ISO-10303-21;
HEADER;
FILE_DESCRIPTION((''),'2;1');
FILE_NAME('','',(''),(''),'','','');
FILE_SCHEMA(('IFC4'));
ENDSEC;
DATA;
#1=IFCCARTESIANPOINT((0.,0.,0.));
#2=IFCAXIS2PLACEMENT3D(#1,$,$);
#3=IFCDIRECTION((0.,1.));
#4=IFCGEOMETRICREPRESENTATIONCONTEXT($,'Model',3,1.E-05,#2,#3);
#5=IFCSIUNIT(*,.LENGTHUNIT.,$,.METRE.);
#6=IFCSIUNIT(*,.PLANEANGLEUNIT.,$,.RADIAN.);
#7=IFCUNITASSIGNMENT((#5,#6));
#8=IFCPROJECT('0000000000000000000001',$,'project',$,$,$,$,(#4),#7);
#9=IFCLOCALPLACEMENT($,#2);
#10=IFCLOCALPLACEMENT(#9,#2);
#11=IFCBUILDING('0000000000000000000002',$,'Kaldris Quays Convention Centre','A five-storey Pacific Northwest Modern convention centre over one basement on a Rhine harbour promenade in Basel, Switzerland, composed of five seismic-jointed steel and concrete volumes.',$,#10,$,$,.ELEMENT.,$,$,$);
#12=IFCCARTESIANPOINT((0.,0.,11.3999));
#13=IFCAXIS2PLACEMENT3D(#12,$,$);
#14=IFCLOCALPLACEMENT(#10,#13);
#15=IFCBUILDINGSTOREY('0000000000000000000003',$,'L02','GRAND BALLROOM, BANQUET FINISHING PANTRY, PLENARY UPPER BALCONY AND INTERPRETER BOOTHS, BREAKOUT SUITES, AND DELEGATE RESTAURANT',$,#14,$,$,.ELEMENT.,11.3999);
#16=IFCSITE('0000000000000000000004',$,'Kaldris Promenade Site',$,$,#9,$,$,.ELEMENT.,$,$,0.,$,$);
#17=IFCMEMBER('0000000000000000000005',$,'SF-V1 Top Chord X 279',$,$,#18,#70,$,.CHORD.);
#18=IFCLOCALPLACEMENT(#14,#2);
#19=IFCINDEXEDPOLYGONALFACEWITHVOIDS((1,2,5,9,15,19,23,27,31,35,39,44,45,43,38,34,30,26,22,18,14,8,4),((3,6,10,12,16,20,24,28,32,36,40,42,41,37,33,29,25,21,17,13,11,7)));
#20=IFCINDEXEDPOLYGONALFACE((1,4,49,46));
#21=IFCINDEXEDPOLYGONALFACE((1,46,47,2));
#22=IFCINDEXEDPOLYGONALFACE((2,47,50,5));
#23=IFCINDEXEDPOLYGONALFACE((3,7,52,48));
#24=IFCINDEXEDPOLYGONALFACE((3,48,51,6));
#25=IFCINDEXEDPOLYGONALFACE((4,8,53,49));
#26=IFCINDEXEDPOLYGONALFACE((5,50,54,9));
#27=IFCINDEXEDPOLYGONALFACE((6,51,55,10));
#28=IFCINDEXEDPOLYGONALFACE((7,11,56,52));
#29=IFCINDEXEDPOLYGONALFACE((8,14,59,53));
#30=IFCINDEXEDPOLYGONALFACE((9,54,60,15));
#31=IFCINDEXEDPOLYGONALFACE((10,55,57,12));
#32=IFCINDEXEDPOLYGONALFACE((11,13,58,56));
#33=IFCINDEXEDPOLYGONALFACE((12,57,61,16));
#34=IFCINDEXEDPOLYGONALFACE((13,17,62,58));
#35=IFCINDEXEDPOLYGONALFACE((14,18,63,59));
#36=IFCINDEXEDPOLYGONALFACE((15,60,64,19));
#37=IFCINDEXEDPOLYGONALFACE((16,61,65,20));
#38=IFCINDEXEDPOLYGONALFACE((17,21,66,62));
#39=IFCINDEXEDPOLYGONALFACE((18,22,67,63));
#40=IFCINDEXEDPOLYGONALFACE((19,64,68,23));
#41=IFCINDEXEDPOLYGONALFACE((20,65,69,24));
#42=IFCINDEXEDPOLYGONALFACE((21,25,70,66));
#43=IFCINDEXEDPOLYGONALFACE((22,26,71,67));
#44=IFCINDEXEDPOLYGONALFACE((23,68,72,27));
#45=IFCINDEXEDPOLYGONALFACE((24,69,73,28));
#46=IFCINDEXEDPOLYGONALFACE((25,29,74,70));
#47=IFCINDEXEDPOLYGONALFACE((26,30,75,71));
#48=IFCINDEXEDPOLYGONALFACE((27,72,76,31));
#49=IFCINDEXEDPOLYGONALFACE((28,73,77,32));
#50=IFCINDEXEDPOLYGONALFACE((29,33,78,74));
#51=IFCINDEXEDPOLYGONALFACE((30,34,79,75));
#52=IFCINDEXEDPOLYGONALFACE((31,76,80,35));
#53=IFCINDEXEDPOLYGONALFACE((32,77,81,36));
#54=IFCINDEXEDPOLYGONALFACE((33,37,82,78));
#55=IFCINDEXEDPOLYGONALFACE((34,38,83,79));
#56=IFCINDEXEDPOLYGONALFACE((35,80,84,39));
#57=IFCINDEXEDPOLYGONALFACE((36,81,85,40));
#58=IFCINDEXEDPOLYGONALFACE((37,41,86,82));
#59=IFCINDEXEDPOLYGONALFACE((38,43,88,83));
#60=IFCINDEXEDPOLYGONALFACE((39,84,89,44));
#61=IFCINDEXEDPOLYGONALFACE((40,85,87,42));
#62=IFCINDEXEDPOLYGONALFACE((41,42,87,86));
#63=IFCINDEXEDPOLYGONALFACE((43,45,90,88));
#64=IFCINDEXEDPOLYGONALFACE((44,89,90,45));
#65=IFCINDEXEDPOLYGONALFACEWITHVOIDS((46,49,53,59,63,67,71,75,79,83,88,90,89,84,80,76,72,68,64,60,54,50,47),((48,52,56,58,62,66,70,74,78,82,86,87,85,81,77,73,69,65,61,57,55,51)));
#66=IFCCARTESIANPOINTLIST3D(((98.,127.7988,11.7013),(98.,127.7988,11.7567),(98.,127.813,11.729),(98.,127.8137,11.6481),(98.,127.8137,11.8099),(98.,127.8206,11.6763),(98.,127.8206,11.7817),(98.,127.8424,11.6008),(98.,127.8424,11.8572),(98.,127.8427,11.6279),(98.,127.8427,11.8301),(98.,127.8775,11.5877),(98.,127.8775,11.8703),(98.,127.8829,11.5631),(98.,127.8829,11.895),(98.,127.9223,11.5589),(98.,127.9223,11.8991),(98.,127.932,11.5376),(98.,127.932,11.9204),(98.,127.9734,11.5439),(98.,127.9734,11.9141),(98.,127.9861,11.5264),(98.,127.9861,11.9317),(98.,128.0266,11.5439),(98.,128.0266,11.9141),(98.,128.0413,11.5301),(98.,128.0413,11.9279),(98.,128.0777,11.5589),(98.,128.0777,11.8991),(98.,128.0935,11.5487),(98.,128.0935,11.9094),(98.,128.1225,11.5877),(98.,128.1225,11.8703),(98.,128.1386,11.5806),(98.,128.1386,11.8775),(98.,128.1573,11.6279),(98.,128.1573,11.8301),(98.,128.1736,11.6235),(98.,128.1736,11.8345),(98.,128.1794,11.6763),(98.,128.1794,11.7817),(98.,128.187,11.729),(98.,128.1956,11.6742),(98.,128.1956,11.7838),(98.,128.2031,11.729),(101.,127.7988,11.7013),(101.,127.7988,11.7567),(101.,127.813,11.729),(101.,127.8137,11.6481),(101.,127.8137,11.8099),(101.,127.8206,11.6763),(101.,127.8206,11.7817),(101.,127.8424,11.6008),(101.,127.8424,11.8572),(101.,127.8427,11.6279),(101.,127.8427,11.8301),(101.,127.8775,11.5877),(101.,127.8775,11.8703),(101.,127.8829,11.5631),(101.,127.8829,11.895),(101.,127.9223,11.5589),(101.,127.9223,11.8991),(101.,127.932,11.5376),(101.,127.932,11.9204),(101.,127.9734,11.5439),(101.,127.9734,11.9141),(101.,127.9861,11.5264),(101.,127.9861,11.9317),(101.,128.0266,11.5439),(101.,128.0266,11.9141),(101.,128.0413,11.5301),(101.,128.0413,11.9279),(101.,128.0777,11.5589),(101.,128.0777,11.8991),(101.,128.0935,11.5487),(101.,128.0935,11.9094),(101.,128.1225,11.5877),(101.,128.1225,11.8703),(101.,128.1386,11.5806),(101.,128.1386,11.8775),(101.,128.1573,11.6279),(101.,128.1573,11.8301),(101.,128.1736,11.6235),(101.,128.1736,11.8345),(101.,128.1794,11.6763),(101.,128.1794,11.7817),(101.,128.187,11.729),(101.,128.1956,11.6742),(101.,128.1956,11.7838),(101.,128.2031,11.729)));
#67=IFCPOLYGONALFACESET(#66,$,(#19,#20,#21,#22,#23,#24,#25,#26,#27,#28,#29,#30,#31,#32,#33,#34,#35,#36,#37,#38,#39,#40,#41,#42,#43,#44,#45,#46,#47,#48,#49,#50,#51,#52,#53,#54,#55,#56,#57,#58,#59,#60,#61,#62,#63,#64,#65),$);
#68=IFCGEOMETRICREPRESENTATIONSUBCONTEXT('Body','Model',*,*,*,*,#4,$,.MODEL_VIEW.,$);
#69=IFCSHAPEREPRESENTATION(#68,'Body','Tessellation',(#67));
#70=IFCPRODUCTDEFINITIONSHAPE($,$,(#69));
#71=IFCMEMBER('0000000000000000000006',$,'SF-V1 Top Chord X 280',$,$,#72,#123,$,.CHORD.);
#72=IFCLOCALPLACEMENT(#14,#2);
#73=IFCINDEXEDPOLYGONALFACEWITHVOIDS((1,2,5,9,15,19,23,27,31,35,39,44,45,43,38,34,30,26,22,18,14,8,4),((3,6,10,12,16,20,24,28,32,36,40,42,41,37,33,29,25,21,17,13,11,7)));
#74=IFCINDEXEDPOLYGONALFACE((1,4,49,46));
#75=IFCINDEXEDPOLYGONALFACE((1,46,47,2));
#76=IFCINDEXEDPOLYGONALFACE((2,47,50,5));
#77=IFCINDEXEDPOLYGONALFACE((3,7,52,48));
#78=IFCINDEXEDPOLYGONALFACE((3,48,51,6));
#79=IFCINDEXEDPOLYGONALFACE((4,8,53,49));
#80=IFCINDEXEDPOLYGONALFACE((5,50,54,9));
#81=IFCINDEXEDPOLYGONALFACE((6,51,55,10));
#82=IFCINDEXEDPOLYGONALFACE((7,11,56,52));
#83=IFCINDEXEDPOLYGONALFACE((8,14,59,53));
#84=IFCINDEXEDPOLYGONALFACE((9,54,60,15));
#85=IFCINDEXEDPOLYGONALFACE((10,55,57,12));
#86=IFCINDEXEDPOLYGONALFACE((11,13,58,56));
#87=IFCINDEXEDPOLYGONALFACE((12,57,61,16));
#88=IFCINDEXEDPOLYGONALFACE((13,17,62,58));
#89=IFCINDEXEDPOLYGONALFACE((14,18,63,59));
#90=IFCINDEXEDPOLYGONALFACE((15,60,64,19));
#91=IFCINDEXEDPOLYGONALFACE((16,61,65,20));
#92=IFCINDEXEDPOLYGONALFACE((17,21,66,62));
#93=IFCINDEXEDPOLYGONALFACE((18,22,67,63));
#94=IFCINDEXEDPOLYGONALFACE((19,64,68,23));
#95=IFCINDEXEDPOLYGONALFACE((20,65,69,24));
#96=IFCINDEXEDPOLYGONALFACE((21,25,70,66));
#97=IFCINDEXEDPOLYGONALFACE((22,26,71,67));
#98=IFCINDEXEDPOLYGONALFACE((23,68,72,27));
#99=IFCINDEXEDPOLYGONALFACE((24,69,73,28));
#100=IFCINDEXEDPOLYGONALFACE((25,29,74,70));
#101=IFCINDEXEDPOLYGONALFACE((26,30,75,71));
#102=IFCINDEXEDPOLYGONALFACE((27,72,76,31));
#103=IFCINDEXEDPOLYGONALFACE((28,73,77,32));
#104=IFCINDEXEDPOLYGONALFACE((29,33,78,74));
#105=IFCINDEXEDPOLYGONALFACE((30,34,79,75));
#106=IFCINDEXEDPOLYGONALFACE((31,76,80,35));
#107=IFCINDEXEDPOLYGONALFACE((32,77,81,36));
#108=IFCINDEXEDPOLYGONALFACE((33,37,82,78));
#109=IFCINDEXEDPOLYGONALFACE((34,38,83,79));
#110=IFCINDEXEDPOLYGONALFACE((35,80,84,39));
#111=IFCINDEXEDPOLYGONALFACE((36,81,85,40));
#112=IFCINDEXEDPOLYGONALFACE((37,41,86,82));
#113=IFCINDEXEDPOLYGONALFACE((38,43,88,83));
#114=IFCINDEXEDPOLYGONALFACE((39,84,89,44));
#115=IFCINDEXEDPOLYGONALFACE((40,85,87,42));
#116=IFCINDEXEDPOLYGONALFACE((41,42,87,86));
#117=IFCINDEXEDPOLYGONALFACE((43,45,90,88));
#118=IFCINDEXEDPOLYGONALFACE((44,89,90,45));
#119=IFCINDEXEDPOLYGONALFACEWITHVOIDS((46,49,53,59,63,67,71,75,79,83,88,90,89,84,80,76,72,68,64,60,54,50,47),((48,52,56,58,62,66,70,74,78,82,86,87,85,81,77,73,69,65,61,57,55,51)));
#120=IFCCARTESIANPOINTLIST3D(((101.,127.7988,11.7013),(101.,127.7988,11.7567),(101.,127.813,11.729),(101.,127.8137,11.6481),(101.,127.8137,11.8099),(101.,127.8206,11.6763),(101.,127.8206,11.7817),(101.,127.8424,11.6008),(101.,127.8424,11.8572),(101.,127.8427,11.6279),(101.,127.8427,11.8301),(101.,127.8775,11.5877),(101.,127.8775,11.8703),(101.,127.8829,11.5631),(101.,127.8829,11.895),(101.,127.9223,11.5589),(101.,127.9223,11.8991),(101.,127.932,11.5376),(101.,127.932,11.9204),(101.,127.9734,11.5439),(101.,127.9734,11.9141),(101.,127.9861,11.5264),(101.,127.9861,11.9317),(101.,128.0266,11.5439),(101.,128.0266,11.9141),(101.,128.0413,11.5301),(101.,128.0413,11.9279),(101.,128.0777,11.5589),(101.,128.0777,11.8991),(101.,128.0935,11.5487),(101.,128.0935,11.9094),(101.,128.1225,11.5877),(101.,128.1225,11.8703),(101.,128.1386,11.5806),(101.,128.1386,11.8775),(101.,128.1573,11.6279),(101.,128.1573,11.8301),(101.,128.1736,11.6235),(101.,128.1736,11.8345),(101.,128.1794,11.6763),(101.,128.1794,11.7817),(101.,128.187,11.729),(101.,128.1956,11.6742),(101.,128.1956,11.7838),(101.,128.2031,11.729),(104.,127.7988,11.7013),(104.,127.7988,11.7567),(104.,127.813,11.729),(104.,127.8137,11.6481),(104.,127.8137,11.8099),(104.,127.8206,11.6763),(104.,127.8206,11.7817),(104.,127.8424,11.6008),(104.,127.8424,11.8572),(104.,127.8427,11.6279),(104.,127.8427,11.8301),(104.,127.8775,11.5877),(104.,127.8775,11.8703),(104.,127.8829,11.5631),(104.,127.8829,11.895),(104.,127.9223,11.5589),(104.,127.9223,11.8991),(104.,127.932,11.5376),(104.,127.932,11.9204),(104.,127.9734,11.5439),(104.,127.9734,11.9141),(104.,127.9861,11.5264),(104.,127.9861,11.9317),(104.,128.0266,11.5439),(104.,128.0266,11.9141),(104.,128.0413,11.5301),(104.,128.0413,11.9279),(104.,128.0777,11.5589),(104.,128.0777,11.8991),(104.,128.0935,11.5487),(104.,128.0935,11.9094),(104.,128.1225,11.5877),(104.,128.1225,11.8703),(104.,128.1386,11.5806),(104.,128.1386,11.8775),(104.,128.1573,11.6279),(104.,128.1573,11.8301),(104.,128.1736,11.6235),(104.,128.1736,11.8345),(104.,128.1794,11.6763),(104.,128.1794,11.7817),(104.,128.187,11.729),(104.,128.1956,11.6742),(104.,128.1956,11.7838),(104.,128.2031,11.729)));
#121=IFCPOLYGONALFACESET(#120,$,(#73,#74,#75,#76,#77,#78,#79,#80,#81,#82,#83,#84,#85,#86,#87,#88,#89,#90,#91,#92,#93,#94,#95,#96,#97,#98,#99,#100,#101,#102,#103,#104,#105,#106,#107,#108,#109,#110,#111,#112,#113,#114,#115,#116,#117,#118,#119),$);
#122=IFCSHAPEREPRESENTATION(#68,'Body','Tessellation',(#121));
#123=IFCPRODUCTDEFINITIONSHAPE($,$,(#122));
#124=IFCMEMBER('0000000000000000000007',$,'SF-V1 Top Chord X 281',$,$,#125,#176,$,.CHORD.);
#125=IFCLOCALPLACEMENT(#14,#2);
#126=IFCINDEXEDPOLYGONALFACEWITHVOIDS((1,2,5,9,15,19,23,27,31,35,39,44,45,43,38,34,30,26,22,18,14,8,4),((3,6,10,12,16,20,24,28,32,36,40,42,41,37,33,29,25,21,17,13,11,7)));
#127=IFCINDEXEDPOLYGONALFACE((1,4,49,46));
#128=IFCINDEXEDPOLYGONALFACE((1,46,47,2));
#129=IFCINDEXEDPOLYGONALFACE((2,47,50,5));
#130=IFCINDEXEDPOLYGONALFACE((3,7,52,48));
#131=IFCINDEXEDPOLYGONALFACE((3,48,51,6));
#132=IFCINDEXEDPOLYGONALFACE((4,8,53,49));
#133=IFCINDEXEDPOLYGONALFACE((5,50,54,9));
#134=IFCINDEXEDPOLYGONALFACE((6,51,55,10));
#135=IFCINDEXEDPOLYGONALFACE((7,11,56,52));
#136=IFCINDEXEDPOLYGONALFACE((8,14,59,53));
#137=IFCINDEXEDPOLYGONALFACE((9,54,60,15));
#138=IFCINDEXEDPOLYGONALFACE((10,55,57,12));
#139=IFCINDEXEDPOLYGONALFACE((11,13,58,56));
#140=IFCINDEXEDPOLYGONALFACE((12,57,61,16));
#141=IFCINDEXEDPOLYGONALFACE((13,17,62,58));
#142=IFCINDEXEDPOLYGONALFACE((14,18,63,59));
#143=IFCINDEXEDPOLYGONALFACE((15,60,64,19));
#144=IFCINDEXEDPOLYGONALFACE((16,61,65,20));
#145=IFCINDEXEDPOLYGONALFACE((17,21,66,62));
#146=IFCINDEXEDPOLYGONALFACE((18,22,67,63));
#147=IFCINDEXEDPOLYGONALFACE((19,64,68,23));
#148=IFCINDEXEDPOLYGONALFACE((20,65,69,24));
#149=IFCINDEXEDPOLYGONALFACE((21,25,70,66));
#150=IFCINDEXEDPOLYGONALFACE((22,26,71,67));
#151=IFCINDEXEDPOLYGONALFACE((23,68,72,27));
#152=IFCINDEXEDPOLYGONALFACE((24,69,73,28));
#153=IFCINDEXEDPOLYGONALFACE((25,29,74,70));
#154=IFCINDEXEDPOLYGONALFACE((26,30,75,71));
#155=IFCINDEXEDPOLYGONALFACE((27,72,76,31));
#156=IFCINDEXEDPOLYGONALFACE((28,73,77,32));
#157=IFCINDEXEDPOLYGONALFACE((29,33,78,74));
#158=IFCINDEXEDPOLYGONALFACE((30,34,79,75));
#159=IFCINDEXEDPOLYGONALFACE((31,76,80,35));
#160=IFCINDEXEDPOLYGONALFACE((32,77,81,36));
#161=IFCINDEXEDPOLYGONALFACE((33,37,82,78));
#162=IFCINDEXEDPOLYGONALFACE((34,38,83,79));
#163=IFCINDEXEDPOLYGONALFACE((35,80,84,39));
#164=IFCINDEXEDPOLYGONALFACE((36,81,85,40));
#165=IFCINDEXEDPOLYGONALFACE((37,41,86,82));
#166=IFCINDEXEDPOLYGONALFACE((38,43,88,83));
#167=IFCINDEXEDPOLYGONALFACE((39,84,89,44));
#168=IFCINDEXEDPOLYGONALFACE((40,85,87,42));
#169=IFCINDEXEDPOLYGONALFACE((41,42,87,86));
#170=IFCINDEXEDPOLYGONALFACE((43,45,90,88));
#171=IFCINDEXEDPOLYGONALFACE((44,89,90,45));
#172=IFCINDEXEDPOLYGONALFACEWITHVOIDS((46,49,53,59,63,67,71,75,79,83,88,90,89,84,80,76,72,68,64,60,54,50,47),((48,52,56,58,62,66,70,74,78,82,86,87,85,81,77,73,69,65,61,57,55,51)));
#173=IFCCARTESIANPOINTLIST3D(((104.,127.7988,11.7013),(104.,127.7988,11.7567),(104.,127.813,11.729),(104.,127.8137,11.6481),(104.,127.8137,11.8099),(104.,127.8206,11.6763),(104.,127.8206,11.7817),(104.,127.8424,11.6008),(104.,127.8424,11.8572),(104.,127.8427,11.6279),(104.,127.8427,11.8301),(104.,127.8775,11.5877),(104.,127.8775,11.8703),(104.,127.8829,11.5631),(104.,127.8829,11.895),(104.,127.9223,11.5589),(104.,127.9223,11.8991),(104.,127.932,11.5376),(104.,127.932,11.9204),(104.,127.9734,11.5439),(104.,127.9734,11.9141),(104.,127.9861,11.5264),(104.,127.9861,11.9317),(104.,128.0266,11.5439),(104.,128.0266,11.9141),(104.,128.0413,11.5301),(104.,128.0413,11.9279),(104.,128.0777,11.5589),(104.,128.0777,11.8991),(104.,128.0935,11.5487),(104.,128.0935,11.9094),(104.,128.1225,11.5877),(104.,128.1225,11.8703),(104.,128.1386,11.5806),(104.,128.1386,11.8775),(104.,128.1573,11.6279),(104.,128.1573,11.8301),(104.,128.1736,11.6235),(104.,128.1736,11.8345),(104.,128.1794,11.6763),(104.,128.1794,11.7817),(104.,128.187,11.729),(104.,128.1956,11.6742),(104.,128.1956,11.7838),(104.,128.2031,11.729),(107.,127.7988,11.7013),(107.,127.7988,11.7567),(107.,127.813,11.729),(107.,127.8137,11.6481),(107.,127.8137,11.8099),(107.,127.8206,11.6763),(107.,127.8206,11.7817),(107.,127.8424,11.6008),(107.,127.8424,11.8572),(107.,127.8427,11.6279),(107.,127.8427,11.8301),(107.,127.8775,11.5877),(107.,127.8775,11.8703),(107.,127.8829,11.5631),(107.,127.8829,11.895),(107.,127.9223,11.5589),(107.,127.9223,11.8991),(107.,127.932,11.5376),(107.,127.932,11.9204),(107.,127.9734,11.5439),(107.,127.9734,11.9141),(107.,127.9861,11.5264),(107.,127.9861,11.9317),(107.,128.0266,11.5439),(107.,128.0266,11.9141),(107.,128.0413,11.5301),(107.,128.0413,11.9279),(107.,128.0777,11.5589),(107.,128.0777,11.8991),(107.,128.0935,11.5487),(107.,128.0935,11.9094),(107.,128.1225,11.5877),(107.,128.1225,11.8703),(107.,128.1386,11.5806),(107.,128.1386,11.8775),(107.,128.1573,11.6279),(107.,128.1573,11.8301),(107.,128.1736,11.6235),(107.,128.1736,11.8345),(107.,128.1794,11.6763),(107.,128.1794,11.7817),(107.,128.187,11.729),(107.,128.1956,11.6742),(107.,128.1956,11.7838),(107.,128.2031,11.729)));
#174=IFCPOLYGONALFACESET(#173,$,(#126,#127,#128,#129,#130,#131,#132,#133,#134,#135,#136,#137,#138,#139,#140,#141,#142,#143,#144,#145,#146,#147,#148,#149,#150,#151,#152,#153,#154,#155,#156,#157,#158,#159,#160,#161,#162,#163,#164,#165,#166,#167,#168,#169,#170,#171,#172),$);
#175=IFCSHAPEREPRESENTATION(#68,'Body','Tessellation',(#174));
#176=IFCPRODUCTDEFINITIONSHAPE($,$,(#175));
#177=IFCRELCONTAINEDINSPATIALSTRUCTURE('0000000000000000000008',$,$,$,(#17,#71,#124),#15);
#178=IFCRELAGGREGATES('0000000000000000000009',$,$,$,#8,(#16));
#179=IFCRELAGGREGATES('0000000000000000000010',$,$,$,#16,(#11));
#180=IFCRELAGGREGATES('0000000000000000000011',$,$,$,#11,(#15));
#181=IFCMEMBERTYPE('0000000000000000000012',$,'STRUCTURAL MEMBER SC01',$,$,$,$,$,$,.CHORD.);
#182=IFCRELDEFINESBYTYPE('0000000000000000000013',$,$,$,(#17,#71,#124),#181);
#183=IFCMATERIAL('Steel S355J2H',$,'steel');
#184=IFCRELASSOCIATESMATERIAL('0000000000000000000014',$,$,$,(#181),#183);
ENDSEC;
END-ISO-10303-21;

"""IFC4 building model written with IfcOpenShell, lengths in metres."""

from ifc_helpers import new_model, si_unit, direction, frame, origin, origin_2d, place, context, subcontext, project, spatial, hollow_circle, extrude, material, material_profile, profile_set, type_object, element, save


model = new_model("IFC4")

# Units and contexts
model_context = context("Model", 3, precision=1e-05, world=origin(), true_north=direction((0.0, 1.0)))
body_context = subcontext(model_context, "Body", "Model", "MODEL_VIEW")
ifc_project = project(units=[si_unit("LENGTHUNIT", "METRE"), si_unit("PLANEANGLEUNIT", "RADIAN")], contexts=[model_context])

# Site, building, storey
site_placement = place(None, origin())
site = spatial("IfcSite", under=ifc_project, at=site_placement, Name="Kaldris Promenade Site", CompositionType="ELEMENT", RefElevation=0.0)
building_placement = place(site_placement, origin())
building = spatial("IfcBuilding", under=site, at=building_placement, Name="Kaldris Quays Convention Centre", Description="A five-storey Pacific Northwest Modern convention centre over one basement on a Rhine harbour promenade in Basel, Switzerland, composed of five seismic-jointed steel and concrete volumes.", CompositionType="ELEMENT")
storey_placement = place(building_placement, frame((0.0, 0.0, 11.3999)))
storey = spatial("IfcBuildingStorey", under=building, at=storey_placement, Name="L02", Description="GRAND BALLROOM, BANQUET FINISHING PANTRY, PLENARY UPPER BALCONY AND INTERPRETER BOOTHS, BREAKOUT SUITES, AND DELEGATE RESTAURANT", CompositionType="ELEMENT", Elevation=11.3999)

# Members
ifc_material = material(Name="Steel S355J2H", Category="steel")
ifc_material_profile_1 = material_profile(ifc_material, hollow_circle(Radius=0.2031, WallThickness=0.0161, at=origin_2d()), Name="CHS 406.4x16")
ifc_profile_set_1 = profile_set([ifc_material_profile_1], Name="Steel S355J2H")
member_type_1 = type_object("IfcMemberType", Name="STRUCTURAL MEMBER SC01", PredefinedType="CHORD", material=ifc_profile_set_1)
for number, where, z_axis, x_axis, name in (
    (1, (98.0, 128.0, 11.729), (1.0, 0.0, 0.0), (0.0, 1.0, 0.0), "SF-V1 Top Chord X 279"),
    (2, (101.0, 128.0, 11.729), (1.0, 0.0, 0.0), (0.0, 1.0, 0.0), "SF-V1 Top Chord X 280"),
    (3, (104.0, 128.0, 11.729), (1.0, 0.0, 0.0), (0.0, 1.0, 0.0), "SF-V1 Top Chord X 281"),
):
    element("IfcMember", number, at=place(storey_placement, frame(where, z_axis=z_axis, x_axis=x_axis)), inside=storey, type_object=member_type_1, Name=name, PredefinedType="CHORD", context=body_context, shape_type="SweptSolid", body=[
        extrude(hollow_circle(Radius=0.2031, WallThickness=0.0161, at=origin_2d()), origin(), (0.0, 0.0, 1.0), 3.0),
    ])

save(model, "model.ifc")
